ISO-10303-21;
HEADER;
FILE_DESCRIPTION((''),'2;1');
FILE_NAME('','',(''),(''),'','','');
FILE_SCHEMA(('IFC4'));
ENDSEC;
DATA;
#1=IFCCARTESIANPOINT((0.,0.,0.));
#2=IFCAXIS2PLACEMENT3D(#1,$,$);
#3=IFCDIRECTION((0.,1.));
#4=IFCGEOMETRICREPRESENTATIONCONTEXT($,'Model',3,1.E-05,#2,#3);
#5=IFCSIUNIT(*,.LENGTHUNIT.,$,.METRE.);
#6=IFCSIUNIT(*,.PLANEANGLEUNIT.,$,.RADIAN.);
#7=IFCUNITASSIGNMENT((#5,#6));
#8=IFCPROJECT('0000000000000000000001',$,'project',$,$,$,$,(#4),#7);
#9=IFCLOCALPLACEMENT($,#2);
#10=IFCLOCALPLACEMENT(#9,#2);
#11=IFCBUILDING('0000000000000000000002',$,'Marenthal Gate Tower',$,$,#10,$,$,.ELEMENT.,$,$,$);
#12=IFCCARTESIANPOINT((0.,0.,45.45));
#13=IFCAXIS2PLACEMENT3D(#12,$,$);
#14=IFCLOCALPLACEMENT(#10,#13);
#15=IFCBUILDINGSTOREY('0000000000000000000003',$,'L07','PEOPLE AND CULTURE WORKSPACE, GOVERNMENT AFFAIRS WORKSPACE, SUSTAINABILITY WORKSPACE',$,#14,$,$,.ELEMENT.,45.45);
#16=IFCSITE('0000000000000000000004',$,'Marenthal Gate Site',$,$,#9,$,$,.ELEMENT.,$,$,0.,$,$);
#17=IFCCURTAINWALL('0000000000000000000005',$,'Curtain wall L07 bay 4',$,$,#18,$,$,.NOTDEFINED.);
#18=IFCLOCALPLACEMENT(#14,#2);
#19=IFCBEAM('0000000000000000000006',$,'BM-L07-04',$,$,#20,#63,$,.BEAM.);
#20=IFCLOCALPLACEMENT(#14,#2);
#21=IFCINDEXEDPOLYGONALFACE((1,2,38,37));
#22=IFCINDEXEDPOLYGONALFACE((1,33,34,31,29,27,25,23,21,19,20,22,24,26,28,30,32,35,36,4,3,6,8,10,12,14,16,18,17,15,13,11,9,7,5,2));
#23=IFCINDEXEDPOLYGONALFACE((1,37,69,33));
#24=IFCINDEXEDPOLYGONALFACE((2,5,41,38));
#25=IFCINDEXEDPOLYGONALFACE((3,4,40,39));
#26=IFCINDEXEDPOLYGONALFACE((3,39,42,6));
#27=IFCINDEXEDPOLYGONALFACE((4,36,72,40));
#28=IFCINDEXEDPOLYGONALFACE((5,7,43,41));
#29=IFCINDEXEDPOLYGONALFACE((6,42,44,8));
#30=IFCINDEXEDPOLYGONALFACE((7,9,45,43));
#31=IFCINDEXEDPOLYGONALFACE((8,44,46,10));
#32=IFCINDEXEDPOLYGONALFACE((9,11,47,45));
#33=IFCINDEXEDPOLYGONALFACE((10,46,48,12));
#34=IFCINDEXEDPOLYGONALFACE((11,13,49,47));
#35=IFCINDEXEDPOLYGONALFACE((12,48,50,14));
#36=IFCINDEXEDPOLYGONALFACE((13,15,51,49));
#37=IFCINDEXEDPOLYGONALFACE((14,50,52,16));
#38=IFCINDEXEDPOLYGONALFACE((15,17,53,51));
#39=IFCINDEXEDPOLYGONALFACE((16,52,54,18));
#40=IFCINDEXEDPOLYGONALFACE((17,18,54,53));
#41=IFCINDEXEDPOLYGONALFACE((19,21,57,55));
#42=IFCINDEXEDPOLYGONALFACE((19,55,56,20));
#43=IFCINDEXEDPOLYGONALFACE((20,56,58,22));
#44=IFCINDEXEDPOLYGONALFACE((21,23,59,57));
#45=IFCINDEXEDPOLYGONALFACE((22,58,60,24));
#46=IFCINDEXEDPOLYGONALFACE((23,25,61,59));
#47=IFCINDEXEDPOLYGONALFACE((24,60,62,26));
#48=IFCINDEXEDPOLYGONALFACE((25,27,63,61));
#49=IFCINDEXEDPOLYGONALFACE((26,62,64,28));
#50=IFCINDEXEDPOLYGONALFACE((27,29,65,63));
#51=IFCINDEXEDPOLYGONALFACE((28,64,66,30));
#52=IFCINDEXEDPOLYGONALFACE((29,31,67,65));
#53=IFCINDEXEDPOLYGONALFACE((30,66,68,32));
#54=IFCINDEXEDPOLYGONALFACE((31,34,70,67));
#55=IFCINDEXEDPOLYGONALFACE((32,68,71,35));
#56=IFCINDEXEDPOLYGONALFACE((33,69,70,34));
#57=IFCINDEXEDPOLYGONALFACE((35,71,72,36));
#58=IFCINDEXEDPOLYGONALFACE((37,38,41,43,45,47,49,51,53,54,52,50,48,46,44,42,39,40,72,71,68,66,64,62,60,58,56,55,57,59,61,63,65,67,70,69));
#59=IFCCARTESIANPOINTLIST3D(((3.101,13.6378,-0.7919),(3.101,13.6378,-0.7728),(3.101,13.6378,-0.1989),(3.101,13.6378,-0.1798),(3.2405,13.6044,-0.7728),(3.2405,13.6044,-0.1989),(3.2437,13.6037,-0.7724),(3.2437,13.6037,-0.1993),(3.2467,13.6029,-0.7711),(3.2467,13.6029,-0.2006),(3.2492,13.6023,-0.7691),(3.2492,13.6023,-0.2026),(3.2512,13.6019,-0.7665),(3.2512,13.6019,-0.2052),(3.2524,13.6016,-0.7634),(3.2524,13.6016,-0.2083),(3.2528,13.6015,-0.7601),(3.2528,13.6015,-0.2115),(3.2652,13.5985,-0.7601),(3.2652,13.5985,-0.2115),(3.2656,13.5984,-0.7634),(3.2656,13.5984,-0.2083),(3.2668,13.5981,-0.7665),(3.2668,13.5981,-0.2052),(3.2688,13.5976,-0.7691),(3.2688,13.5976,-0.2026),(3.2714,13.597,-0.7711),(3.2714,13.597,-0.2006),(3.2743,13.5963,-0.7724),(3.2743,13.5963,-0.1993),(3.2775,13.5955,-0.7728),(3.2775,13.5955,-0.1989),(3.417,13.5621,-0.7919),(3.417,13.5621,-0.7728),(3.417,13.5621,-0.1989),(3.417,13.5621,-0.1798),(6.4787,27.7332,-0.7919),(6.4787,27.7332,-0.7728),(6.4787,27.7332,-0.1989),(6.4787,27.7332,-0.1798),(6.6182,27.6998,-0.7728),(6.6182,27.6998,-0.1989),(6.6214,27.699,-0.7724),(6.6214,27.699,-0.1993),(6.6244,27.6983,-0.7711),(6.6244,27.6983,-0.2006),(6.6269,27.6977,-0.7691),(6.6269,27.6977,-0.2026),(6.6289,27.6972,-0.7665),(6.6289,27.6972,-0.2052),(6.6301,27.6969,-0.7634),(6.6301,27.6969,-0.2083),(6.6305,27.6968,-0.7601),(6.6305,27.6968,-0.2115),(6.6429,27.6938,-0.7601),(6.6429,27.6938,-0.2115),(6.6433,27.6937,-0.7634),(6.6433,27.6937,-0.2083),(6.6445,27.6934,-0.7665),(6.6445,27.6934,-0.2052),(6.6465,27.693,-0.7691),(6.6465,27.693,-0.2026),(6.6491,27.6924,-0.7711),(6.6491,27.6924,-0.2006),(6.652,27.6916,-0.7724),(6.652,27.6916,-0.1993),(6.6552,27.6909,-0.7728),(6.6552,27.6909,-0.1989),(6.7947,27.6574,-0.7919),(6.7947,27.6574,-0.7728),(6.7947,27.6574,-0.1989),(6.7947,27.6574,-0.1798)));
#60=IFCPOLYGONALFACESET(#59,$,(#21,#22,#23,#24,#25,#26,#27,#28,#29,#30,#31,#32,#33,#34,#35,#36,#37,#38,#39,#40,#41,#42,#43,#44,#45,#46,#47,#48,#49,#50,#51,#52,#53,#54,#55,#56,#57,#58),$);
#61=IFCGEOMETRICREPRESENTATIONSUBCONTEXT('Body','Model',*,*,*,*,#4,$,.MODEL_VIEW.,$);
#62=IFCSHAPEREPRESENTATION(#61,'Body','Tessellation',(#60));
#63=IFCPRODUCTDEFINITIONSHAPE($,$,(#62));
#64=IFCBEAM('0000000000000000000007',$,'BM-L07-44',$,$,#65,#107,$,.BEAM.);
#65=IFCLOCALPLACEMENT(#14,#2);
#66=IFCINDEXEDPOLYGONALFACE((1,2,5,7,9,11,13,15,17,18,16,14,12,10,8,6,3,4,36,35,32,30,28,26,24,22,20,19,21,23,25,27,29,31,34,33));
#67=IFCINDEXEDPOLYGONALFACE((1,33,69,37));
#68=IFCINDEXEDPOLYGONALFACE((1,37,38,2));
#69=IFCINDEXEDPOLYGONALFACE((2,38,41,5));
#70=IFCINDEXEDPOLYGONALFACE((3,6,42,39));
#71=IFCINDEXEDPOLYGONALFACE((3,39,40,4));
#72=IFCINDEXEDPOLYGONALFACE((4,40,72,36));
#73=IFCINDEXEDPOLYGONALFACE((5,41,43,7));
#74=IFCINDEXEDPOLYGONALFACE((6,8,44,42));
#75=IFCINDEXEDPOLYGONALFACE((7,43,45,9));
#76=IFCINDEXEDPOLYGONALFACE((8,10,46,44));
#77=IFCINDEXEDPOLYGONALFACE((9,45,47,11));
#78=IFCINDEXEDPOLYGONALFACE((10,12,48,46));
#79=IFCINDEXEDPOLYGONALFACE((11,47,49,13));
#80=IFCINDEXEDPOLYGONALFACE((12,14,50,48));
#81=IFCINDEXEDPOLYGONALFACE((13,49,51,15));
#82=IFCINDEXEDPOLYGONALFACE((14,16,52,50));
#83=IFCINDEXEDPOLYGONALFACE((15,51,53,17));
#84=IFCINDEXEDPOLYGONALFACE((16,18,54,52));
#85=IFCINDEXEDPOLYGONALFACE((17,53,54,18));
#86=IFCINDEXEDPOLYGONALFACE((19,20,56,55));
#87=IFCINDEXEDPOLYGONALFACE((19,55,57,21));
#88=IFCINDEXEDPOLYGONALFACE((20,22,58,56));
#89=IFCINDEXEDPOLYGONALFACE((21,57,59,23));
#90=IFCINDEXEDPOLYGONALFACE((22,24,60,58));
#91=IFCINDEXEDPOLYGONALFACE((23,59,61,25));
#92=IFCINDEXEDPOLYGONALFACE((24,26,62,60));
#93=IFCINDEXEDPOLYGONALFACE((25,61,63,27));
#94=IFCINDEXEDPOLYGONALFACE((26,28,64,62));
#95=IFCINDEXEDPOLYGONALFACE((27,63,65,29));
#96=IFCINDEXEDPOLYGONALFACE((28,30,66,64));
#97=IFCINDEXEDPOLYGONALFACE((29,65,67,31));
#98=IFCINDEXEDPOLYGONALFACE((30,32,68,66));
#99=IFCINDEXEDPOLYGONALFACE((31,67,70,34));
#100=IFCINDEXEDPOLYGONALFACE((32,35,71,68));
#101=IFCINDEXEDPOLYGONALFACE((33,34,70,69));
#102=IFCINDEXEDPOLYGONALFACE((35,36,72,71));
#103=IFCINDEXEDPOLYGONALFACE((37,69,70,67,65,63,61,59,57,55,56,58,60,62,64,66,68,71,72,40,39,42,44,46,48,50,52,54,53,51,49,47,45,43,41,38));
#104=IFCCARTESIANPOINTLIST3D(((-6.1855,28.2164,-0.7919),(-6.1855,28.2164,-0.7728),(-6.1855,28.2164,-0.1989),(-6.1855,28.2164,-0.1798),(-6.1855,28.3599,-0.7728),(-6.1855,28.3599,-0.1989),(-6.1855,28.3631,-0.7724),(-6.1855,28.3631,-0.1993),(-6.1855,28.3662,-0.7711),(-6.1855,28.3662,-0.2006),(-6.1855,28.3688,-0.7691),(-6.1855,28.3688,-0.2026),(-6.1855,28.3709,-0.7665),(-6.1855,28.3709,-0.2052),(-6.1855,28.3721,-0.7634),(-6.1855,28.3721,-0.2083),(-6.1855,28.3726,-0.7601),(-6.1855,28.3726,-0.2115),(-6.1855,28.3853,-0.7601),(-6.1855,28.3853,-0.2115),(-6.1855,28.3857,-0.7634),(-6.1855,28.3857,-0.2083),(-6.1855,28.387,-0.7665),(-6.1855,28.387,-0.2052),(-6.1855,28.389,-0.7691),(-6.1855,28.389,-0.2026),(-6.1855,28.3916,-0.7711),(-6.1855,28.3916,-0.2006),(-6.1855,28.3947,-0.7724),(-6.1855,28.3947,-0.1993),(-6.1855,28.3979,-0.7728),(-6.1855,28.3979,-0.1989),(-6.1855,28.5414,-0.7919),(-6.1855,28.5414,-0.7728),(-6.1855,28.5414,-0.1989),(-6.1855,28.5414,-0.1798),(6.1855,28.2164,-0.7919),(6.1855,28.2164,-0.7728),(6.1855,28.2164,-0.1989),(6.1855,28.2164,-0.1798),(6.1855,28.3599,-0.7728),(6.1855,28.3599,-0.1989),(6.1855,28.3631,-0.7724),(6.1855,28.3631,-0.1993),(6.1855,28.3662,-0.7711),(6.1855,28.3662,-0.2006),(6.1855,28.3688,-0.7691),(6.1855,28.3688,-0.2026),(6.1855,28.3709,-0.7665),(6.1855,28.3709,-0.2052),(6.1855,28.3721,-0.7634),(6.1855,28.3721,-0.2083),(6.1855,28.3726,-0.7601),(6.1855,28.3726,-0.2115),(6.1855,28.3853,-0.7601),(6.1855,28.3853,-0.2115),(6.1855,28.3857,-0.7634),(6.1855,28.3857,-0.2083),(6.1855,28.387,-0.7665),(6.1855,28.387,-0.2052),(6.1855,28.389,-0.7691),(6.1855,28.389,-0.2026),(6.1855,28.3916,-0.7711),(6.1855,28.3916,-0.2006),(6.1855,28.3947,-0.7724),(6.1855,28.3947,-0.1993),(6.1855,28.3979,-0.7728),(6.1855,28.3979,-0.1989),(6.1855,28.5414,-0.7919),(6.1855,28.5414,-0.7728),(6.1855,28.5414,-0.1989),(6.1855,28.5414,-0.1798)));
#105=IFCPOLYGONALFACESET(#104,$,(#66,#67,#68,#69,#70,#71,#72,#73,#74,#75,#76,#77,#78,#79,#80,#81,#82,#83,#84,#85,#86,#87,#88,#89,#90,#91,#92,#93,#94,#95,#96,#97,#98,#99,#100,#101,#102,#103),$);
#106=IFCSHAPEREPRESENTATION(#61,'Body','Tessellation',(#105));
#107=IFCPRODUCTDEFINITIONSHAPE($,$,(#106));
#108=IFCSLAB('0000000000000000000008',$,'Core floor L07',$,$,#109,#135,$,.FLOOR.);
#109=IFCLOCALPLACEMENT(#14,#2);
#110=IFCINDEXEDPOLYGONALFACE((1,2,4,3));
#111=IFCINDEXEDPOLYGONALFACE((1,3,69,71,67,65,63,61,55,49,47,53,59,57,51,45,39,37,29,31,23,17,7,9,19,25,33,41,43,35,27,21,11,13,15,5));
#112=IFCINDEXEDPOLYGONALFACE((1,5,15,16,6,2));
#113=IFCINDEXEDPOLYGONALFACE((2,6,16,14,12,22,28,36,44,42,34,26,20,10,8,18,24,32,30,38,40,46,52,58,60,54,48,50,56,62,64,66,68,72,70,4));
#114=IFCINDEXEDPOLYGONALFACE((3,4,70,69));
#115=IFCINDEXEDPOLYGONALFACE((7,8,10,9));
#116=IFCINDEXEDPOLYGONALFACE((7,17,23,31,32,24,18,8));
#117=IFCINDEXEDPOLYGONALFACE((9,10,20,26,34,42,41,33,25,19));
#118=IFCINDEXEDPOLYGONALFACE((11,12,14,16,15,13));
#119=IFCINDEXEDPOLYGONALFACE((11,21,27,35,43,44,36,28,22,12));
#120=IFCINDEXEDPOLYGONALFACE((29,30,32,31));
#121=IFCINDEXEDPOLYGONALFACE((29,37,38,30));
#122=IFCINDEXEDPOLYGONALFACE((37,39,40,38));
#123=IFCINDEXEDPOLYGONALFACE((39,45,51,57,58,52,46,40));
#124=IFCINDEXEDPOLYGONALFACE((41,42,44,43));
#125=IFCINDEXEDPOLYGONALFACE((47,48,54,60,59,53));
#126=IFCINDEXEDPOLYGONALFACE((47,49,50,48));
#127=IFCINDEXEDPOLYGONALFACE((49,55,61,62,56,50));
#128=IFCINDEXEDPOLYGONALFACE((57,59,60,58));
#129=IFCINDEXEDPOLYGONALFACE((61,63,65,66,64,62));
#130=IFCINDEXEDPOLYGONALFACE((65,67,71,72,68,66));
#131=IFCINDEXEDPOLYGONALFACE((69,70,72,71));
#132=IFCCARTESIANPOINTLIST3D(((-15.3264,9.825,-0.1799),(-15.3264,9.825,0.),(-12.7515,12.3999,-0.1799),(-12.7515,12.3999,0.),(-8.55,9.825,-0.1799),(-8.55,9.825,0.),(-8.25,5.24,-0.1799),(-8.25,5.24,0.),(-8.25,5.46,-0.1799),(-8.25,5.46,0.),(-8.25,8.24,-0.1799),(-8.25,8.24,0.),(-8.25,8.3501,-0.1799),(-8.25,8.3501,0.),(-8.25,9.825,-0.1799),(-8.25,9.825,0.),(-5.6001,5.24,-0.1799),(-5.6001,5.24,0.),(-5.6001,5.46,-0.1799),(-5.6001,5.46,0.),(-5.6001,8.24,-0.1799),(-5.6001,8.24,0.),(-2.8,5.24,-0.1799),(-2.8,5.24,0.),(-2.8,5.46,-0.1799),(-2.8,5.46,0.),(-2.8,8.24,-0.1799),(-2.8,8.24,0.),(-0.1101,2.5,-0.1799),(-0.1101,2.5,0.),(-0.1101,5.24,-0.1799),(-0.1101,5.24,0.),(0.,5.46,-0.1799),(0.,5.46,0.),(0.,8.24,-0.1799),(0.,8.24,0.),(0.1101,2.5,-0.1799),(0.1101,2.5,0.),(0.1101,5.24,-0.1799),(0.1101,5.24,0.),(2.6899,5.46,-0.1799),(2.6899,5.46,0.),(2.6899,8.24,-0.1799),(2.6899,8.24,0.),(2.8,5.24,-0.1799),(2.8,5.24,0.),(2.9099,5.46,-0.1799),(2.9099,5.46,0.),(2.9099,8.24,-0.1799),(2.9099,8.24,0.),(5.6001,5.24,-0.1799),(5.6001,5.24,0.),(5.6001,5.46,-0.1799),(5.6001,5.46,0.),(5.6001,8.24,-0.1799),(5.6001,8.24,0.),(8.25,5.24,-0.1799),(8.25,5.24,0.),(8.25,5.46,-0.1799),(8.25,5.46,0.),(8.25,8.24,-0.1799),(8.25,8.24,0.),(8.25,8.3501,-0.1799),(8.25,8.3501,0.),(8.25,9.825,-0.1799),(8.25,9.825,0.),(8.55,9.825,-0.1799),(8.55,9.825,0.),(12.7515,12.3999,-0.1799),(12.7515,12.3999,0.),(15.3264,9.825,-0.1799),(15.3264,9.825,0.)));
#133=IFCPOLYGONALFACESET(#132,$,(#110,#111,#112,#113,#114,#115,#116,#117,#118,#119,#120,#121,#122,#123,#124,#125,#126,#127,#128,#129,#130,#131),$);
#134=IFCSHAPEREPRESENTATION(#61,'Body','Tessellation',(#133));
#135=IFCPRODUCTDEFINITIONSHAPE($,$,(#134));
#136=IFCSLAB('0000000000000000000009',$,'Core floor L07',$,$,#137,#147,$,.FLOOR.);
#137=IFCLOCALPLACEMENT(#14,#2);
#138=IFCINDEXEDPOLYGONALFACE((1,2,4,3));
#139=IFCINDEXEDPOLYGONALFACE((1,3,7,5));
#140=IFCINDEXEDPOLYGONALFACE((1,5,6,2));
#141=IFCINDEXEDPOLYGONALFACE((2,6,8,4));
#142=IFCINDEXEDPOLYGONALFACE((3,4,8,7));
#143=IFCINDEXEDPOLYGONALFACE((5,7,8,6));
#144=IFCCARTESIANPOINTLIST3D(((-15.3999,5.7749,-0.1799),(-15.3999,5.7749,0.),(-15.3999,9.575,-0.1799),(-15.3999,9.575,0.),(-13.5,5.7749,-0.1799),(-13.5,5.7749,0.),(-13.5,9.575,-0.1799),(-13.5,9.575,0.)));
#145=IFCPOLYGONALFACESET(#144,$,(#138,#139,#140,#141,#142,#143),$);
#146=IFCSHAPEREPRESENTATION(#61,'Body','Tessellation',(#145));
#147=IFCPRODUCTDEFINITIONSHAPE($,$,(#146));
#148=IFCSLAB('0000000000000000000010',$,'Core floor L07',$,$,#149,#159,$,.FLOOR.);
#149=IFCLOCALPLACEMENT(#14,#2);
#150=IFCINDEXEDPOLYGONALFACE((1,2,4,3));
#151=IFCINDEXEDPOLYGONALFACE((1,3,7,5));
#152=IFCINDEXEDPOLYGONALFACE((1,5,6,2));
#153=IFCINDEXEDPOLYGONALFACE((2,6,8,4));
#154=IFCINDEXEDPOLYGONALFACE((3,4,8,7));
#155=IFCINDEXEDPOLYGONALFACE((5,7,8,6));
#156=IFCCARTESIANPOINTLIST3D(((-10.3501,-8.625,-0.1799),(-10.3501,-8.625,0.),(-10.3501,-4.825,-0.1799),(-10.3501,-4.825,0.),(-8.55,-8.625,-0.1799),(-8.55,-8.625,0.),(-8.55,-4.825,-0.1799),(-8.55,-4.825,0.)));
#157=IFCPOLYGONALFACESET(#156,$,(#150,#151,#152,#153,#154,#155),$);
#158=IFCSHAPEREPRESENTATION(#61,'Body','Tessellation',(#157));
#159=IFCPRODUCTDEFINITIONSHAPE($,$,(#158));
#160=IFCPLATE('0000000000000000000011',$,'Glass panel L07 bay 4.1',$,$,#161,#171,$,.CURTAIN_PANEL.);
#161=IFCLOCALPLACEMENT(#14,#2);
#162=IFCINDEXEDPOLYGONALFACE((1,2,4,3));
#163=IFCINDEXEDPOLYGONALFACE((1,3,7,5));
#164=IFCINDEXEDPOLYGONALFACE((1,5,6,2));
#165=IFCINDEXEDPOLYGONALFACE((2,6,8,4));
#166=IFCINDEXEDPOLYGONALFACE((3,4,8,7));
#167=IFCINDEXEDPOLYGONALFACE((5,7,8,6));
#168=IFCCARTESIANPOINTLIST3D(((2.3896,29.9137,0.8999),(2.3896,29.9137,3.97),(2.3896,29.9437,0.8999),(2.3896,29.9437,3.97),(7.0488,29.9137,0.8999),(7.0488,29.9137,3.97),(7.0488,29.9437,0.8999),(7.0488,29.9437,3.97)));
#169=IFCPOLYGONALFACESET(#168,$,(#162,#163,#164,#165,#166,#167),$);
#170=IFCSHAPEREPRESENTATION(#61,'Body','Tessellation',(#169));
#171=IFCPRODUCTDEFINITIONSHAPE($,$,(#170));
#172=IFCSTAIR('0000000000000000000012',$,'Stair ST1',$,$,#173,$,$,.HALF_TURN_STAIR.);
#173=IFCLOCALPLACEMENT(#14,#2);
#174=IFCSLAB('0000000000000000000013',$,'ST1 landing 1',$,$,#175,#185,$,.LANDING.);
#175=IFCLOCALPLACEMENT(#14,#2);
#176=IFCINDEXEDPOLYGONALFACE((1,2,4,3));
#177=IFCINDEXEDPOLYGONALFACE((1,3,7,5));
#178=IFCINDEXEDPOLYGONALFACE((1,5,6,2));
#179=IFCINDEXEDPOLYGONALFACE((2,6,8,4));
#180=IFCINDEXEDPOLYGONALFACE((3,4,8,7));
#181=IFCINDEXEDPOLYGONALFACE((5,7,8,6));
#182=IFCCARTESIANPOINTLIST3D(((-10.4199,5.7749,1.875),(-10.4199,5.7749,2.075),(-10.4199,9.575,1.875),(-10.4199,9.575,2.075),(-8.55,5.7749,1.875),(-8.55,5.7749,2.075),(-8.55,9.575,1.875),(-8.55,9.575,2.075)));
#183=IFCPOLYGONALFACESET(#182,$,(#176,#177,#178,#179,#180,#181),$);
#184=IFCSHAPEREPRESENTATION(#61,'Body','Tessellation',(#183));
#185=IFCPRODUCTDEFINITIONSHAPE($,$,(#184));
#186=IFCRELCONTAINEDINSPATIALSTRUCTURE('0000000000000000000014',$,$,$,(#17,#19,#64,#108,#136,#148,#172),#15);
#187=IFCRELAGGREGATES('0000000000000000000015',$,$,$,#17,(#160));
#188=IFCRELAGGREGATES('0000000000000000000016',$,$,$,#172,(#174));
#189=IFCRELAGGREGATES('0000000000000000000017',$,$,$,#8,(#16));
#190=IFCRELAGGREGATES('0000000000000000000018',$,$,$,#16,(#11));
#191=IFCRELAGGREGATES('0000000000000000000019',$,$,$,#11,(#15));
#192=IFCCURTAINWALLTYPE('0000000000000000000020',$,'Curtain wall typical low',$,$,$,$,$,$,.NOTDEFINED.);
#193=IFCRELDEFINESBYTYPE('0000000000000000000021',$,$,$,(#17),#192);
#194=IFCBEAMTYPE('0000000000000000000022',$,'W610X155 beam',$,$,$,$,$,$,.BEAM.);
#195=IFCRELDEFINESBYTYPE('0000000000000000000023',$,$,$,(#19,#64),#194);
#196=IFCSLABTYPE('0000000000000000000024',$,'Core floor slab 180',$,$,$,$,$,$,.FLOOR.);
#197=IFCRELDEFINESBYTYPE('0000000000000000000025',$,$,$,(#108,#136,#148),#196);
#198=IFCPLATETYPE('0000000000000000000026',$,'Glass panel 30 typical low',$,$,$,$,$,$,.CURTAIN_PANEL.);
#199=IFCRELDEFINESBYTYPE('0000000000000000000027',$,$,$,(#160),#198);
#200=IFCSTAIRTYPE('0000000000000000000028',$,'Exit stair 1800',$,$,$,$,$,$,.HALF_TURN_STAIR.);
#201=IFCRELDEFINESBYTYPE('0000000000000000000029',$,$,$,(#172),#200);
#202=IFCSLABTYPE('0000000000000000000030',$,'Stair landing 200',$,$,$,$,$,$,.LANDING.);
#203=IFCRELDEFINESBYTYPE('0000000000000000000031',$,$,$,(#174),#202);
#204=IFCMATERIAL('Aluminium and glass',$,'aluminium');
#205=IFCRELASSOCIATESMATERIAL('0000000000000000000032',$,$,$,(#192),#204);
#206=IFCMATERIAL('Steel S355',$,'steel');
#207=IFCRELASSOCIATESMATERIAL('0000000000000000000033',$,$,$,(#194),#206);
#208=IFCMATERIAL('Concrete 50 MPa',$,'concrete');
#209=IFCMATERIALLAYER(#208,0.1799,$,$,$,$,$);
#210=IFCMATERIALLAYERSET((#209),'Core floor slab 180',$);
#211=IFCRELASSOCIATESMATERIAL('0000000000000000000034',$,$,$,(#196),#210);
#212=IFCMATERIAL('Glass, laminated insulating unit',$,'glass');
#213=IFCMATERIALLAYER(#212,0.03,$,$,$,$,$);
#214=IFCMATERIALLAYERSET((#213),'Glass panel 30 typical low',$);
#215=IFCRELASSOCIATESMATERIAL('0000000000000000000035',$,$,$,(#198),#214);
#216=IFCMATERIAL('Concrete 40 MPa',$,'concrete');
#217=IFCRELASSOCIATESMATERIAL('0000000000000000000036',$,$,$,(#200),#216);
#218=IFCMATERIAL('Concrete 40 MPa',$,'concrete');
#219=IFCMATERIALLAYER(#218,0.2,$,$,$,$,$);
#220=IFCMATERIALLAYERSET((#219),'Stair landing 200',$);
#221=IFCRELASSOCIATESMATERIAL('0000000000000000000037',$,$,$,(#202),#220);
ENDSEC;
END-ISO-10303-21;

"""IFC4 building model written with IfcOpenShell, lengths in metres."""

from ifc_helpers import new_model, si_unit, direction, frame, origin, origin_2d, place, context, subcontext, project, spatial, polyline, rectangle, i_section, outline, extrude, material, layer, layer_set, material_profile, profile_set, type_object, element, aggregate, save


model = new_model("IFC4")

# Units and contexts
model_context = context("Model", 3, precision=1e-05, world=origin(), true_north=direction((0.0, 1.0)))
body_context = subcontext(model_context, "Body", "Model", "MODEL_VIEW")
ifc_project = project(units=[si_unit("LENGTHUNIT", "METRE"), si_unit("PLANEANGLEUNIT", "RADIAN")], contexts=[model_context])

# Site, building, storey
site_placement = place(None, origin())
site = spatial("IfcSite", under=ifc_project, at=site_placement, Name="Marenthal Gate Site", CompositionType="ELEMENT", RefElevation=0.0)
building_placement = place(site_placement, origin())
building = spatial("IfcBuilding", under=site, at=building_placement, Name="Marenthal Gate Tower", CompositionType="ELEMENT")
storey_placement = place(building_placement, frame((0.0, 0.0, 45.45)))
storey = spatial("IfcBuildingStorey", under=building, at=storey_placement, Name="L07", Description="PEOPLE AND CULTURE WORKSPACE, GOVERNMENT AFFAIRS WORKSPACE, SUSTAINABILITY WORKSPACE", CompositionType="ELEMENT", Elevation=45.45)

# Curtain wall
ifc_material_1 = material(Name="Aluminium and glass", Category="aluminium")
curtain_wall_type = type_object("IfcCurtainWallType", Name="Curtain wall typical low", PredefinedType="NOTDEFINED", material=ifc_material_1)
curtain_wall_placement = place(storey_placement, origin())
curtain_wall = element("IfcCurtainWall", 1, at=curtain_wall_placement, inside=storey, type_object=curtain_wall_type, Name="Curtain wall L07 bay 4", PredefinedType="NOTDEFINED")

# Beams
ifc_material_2 = material(Name="Steel S355", Category="steel")
ifc_material_profile_1 = material_profile(ifc_material_2, i_section(OverallWidth=0.325, OverallDepth=0.6121, WebThickness=0.0127, FlangeThickness=0.019, FilletRadius=0.0127, at=origin_2d()), Name="W610X155")
ifc_profile_set_1 = profile_set([ifc_material_profile_1], Name="Steel S355")
beam_type_1 = type_object("IfcBeamType", Name="W610X155 beam", PredefinedType="BEAM", material=ifc_profile_set_1)
beam_1_placement = place(storey_placement, frame((6.6367, 27.6953, -0.4858), z_axis=(-0.233036, -0.972468, 0.0), x_axis=(0.972468, -0.233036, 0.0)))
element("IfcBeam", 2, at=beam_1_placement, inside=storey, type_object=beam_type_1, Name="BM-L07-04", PredefinedType="BEAM", context=body_context, shape_type="SweptSolid", body=[
    extrude(i_section(OverallWidth=0.325, OverallDepth=0.6121, WebThickness=0.0127, FlangeThickness=0.019, FilletRadius=0.0127, at=origin_2d()), origin(), (0.0, 0.0, 1.0), 14.4944),
])
beam_2_placement = place(storey_placement, frame((6.1855, 28.3789, -0.4858), z_axis=(-1.0, 0.0, 0.0), x_axis=(0.0, -1.0, 0.0)))
element("IfcBeam", 3, at=beam_2_placement, inside=storey, type_object=beam_type_1, Name="BM-L07-44", PredefinedType="BEAM", context=body_context, shape_type="SweptSolid", body=[
    extrude(i_section(OverallWidth=0.325, OverallDepth=0.6121, WebThickness=0.0127, FlangeThickness=0.019, FilletRadius=0.0127, at=origin_2d()), origin(), (0.0, 0.0, 1.0), 12.3711),
])

# Slabs
ifc_material_3 = material(Name="Concrete 50 MPa", Category="concrete")
ifc_layer_1 = layer(ifc_material_3, 0.1799)
ifc_layer_set_1 = layer_set([ifc_layer_1], Name="Core floor slab 180")
slab_type_1 = type_object("IfcSlabType", Name="Core floor slab 180", PredefinedType="FLOOR", material=ifc_layer_set_1)
slab_1_placement = place(storey_placement, frame((0.0, 0.0, -0.1799)))
element("IfcSlab", 4, at=slab_1_placement, inside=storey, type_object=slab_type_1, Name="Core floor L07", PredefinedType="FLOOR", context=body_context, shape_type="SweptSolid", body=[
    extrude(outline(polyline([(12.7515, 12.3999), (15.3264, 9.825), (8.55, 9.825), (8.25, 9.825), (8.25, 8.3501), (8.25, 8.24), (5.6001, 8.24), (2.9099, 8.24), (2.9099, 5.46), (5.6001, 5.46), (8.25, 5.46), (8.25, 5.24), (5.6001, 5.24), (2.8, 5.24), (0.1101, 5.24), (0.1101, 2.5), (-0.1101, 2.5), (-0.1101, 5.24), (-2.8, 5.24), (-5.6001, 5.24), (-8.25, 5.24), (-8.25, 5.46), (-5.6001, 5.46), (-2.8, 5.46), (0.0, 5.46), (2.6899, 5.46), (2.6899, 8.24), (0.0, 8.24), (-2.8, 8.24), (-5.6001, 8.24), (-8.25, 8.24), (-8.25, 8.3501), (-8.25, 9.825), (-8.55, 9.825), (-15.3264, 9.825), (-12.7515, 12.3999), (12.7515, 12.3999)])), origin(), (0.0, 0.0, 1.0), 0.1799),
])
slab_2_placement = place(storey_placement, frame((0.0, 0.0, -0.1799)))
element("IfcSlab", 5, at=slab_2_placement, inside=storey, type_object=slab_type_1, Name="Core floor L07", PredefinedType="FLOOR", context=body_context, shape_type="SweptSolid", body=[
    extrude(outline(polyline([(-15.3999, 9.575), (-13.5, 9.575), (-13.5, 5.7749), (-15.3999, 5.7749), (-15.3999, 9.575)])), origin(), (0.0, 0.0, 1.0), 0.1799),
])
slab_3_placement = place(storey_placement, frame((0.0, 0.0, -0.1799)))
element("IfcSlab", 6, at=slab_3_placement, inside=storey, type_object=slab_type_1, Name="Core floor L07", PredefinedType="FLOOR", context=body_context, shape_type="SweptSolid", body=[
    extrude(outline(polyline([(-8.55, -8.625), (-10.3501, -8.625), (-10.3501, -4.825), (-8.55, -4.825), (-8.55, -8.625)])), origin(), (0.0, 0.0, 1.0), 0.1799),
])

# Plate
ifc_material_4 = material(Name="Glass, laminated insulating unit", Category="glass")
ifc_layer_2 = layer(ifc_material_4, 0.03)
ifc_layer_set_2 = layer_set([ifc_layer_2], Name="Glass panel 30 typical low")
plate_type = type_object("IfcPlateType", Name="Glass panel 30 typical low", PredefinedType="CURTAIN_PANEL", material=ifc_layer_set_2)
plate_placement = place(storey_placement, frame((4.7192, 29.9287, 0.8999), z_axis=(0.0, 0.0, 1.0), x_axis=(-1.0, 0.0, 0.0)))
plate = element("IfcPlate", 7, at=plate_placement, type_object=plate_type, Name="Glass panel L07 bay 4.1", PredefinedType="CURTAIN_PANEL", context=body_context, shape_type="SweptSolid", body=[
    extrude(rectangle(XDim=4.6592, YDim=0.03, at=origin_2d()), origin(), (0.0, 0.0, 1.0), 3.0701),
])
aggregate(curtain_wall, [plate])

# Stair, slab
ifc_material_5 = material(Name="Concrete 40 MPa", Category="concrete")
stair_type = type_object("IfcStairType", Name="Exit stair 1800", PredefinedType="HALF_TURN_STAIR", material=ifc_material_5)
stair_1_placement = place(storey_placement, origin())
stair_1 = element("IfcStair", 8, at=stair_1_placement, inside=storey, type_object=stair_type, Name="Stair ST1", PredefinedType="HALF_TURN_STAIR")
ifc_material_6 = material(Name="Concrete 40 MPa", Category="concrete")
ifc_layer_3 = layer(ifc_material_6, 0.2)
ifc_layer_set_3 = layer_set([ifc_layer_3], Name="Stair landing 200")
slab_type_2 = type_object("IfcSlabType", Name="Stair landing 200", PredefinedType="LANDING", material=ifc_layer_set_3)
slab_4_placement = place(storey_placement, frame((0.0, 0.0, 1.875)))
slab_4 = element("IfcSlab", 9, at=slab_4_placement, type_object=slab_type_2, Name="ST1 landing 1", PredefinedType="LANDING", context=body_context, shape_type="SweptSolid", body=[
    extrude(outline(polyline([(-10.4199, 5.7749), (-8.55, 5.7749), (-8.55, 9.575), (-10.4199, 9.575), (-10.4199, 5.7749)])), origin(), (0.0, 0.0, 1.0), 0.2),
])
aggregate(stair_1, [slab_4])

save(model, "model.ifc")
